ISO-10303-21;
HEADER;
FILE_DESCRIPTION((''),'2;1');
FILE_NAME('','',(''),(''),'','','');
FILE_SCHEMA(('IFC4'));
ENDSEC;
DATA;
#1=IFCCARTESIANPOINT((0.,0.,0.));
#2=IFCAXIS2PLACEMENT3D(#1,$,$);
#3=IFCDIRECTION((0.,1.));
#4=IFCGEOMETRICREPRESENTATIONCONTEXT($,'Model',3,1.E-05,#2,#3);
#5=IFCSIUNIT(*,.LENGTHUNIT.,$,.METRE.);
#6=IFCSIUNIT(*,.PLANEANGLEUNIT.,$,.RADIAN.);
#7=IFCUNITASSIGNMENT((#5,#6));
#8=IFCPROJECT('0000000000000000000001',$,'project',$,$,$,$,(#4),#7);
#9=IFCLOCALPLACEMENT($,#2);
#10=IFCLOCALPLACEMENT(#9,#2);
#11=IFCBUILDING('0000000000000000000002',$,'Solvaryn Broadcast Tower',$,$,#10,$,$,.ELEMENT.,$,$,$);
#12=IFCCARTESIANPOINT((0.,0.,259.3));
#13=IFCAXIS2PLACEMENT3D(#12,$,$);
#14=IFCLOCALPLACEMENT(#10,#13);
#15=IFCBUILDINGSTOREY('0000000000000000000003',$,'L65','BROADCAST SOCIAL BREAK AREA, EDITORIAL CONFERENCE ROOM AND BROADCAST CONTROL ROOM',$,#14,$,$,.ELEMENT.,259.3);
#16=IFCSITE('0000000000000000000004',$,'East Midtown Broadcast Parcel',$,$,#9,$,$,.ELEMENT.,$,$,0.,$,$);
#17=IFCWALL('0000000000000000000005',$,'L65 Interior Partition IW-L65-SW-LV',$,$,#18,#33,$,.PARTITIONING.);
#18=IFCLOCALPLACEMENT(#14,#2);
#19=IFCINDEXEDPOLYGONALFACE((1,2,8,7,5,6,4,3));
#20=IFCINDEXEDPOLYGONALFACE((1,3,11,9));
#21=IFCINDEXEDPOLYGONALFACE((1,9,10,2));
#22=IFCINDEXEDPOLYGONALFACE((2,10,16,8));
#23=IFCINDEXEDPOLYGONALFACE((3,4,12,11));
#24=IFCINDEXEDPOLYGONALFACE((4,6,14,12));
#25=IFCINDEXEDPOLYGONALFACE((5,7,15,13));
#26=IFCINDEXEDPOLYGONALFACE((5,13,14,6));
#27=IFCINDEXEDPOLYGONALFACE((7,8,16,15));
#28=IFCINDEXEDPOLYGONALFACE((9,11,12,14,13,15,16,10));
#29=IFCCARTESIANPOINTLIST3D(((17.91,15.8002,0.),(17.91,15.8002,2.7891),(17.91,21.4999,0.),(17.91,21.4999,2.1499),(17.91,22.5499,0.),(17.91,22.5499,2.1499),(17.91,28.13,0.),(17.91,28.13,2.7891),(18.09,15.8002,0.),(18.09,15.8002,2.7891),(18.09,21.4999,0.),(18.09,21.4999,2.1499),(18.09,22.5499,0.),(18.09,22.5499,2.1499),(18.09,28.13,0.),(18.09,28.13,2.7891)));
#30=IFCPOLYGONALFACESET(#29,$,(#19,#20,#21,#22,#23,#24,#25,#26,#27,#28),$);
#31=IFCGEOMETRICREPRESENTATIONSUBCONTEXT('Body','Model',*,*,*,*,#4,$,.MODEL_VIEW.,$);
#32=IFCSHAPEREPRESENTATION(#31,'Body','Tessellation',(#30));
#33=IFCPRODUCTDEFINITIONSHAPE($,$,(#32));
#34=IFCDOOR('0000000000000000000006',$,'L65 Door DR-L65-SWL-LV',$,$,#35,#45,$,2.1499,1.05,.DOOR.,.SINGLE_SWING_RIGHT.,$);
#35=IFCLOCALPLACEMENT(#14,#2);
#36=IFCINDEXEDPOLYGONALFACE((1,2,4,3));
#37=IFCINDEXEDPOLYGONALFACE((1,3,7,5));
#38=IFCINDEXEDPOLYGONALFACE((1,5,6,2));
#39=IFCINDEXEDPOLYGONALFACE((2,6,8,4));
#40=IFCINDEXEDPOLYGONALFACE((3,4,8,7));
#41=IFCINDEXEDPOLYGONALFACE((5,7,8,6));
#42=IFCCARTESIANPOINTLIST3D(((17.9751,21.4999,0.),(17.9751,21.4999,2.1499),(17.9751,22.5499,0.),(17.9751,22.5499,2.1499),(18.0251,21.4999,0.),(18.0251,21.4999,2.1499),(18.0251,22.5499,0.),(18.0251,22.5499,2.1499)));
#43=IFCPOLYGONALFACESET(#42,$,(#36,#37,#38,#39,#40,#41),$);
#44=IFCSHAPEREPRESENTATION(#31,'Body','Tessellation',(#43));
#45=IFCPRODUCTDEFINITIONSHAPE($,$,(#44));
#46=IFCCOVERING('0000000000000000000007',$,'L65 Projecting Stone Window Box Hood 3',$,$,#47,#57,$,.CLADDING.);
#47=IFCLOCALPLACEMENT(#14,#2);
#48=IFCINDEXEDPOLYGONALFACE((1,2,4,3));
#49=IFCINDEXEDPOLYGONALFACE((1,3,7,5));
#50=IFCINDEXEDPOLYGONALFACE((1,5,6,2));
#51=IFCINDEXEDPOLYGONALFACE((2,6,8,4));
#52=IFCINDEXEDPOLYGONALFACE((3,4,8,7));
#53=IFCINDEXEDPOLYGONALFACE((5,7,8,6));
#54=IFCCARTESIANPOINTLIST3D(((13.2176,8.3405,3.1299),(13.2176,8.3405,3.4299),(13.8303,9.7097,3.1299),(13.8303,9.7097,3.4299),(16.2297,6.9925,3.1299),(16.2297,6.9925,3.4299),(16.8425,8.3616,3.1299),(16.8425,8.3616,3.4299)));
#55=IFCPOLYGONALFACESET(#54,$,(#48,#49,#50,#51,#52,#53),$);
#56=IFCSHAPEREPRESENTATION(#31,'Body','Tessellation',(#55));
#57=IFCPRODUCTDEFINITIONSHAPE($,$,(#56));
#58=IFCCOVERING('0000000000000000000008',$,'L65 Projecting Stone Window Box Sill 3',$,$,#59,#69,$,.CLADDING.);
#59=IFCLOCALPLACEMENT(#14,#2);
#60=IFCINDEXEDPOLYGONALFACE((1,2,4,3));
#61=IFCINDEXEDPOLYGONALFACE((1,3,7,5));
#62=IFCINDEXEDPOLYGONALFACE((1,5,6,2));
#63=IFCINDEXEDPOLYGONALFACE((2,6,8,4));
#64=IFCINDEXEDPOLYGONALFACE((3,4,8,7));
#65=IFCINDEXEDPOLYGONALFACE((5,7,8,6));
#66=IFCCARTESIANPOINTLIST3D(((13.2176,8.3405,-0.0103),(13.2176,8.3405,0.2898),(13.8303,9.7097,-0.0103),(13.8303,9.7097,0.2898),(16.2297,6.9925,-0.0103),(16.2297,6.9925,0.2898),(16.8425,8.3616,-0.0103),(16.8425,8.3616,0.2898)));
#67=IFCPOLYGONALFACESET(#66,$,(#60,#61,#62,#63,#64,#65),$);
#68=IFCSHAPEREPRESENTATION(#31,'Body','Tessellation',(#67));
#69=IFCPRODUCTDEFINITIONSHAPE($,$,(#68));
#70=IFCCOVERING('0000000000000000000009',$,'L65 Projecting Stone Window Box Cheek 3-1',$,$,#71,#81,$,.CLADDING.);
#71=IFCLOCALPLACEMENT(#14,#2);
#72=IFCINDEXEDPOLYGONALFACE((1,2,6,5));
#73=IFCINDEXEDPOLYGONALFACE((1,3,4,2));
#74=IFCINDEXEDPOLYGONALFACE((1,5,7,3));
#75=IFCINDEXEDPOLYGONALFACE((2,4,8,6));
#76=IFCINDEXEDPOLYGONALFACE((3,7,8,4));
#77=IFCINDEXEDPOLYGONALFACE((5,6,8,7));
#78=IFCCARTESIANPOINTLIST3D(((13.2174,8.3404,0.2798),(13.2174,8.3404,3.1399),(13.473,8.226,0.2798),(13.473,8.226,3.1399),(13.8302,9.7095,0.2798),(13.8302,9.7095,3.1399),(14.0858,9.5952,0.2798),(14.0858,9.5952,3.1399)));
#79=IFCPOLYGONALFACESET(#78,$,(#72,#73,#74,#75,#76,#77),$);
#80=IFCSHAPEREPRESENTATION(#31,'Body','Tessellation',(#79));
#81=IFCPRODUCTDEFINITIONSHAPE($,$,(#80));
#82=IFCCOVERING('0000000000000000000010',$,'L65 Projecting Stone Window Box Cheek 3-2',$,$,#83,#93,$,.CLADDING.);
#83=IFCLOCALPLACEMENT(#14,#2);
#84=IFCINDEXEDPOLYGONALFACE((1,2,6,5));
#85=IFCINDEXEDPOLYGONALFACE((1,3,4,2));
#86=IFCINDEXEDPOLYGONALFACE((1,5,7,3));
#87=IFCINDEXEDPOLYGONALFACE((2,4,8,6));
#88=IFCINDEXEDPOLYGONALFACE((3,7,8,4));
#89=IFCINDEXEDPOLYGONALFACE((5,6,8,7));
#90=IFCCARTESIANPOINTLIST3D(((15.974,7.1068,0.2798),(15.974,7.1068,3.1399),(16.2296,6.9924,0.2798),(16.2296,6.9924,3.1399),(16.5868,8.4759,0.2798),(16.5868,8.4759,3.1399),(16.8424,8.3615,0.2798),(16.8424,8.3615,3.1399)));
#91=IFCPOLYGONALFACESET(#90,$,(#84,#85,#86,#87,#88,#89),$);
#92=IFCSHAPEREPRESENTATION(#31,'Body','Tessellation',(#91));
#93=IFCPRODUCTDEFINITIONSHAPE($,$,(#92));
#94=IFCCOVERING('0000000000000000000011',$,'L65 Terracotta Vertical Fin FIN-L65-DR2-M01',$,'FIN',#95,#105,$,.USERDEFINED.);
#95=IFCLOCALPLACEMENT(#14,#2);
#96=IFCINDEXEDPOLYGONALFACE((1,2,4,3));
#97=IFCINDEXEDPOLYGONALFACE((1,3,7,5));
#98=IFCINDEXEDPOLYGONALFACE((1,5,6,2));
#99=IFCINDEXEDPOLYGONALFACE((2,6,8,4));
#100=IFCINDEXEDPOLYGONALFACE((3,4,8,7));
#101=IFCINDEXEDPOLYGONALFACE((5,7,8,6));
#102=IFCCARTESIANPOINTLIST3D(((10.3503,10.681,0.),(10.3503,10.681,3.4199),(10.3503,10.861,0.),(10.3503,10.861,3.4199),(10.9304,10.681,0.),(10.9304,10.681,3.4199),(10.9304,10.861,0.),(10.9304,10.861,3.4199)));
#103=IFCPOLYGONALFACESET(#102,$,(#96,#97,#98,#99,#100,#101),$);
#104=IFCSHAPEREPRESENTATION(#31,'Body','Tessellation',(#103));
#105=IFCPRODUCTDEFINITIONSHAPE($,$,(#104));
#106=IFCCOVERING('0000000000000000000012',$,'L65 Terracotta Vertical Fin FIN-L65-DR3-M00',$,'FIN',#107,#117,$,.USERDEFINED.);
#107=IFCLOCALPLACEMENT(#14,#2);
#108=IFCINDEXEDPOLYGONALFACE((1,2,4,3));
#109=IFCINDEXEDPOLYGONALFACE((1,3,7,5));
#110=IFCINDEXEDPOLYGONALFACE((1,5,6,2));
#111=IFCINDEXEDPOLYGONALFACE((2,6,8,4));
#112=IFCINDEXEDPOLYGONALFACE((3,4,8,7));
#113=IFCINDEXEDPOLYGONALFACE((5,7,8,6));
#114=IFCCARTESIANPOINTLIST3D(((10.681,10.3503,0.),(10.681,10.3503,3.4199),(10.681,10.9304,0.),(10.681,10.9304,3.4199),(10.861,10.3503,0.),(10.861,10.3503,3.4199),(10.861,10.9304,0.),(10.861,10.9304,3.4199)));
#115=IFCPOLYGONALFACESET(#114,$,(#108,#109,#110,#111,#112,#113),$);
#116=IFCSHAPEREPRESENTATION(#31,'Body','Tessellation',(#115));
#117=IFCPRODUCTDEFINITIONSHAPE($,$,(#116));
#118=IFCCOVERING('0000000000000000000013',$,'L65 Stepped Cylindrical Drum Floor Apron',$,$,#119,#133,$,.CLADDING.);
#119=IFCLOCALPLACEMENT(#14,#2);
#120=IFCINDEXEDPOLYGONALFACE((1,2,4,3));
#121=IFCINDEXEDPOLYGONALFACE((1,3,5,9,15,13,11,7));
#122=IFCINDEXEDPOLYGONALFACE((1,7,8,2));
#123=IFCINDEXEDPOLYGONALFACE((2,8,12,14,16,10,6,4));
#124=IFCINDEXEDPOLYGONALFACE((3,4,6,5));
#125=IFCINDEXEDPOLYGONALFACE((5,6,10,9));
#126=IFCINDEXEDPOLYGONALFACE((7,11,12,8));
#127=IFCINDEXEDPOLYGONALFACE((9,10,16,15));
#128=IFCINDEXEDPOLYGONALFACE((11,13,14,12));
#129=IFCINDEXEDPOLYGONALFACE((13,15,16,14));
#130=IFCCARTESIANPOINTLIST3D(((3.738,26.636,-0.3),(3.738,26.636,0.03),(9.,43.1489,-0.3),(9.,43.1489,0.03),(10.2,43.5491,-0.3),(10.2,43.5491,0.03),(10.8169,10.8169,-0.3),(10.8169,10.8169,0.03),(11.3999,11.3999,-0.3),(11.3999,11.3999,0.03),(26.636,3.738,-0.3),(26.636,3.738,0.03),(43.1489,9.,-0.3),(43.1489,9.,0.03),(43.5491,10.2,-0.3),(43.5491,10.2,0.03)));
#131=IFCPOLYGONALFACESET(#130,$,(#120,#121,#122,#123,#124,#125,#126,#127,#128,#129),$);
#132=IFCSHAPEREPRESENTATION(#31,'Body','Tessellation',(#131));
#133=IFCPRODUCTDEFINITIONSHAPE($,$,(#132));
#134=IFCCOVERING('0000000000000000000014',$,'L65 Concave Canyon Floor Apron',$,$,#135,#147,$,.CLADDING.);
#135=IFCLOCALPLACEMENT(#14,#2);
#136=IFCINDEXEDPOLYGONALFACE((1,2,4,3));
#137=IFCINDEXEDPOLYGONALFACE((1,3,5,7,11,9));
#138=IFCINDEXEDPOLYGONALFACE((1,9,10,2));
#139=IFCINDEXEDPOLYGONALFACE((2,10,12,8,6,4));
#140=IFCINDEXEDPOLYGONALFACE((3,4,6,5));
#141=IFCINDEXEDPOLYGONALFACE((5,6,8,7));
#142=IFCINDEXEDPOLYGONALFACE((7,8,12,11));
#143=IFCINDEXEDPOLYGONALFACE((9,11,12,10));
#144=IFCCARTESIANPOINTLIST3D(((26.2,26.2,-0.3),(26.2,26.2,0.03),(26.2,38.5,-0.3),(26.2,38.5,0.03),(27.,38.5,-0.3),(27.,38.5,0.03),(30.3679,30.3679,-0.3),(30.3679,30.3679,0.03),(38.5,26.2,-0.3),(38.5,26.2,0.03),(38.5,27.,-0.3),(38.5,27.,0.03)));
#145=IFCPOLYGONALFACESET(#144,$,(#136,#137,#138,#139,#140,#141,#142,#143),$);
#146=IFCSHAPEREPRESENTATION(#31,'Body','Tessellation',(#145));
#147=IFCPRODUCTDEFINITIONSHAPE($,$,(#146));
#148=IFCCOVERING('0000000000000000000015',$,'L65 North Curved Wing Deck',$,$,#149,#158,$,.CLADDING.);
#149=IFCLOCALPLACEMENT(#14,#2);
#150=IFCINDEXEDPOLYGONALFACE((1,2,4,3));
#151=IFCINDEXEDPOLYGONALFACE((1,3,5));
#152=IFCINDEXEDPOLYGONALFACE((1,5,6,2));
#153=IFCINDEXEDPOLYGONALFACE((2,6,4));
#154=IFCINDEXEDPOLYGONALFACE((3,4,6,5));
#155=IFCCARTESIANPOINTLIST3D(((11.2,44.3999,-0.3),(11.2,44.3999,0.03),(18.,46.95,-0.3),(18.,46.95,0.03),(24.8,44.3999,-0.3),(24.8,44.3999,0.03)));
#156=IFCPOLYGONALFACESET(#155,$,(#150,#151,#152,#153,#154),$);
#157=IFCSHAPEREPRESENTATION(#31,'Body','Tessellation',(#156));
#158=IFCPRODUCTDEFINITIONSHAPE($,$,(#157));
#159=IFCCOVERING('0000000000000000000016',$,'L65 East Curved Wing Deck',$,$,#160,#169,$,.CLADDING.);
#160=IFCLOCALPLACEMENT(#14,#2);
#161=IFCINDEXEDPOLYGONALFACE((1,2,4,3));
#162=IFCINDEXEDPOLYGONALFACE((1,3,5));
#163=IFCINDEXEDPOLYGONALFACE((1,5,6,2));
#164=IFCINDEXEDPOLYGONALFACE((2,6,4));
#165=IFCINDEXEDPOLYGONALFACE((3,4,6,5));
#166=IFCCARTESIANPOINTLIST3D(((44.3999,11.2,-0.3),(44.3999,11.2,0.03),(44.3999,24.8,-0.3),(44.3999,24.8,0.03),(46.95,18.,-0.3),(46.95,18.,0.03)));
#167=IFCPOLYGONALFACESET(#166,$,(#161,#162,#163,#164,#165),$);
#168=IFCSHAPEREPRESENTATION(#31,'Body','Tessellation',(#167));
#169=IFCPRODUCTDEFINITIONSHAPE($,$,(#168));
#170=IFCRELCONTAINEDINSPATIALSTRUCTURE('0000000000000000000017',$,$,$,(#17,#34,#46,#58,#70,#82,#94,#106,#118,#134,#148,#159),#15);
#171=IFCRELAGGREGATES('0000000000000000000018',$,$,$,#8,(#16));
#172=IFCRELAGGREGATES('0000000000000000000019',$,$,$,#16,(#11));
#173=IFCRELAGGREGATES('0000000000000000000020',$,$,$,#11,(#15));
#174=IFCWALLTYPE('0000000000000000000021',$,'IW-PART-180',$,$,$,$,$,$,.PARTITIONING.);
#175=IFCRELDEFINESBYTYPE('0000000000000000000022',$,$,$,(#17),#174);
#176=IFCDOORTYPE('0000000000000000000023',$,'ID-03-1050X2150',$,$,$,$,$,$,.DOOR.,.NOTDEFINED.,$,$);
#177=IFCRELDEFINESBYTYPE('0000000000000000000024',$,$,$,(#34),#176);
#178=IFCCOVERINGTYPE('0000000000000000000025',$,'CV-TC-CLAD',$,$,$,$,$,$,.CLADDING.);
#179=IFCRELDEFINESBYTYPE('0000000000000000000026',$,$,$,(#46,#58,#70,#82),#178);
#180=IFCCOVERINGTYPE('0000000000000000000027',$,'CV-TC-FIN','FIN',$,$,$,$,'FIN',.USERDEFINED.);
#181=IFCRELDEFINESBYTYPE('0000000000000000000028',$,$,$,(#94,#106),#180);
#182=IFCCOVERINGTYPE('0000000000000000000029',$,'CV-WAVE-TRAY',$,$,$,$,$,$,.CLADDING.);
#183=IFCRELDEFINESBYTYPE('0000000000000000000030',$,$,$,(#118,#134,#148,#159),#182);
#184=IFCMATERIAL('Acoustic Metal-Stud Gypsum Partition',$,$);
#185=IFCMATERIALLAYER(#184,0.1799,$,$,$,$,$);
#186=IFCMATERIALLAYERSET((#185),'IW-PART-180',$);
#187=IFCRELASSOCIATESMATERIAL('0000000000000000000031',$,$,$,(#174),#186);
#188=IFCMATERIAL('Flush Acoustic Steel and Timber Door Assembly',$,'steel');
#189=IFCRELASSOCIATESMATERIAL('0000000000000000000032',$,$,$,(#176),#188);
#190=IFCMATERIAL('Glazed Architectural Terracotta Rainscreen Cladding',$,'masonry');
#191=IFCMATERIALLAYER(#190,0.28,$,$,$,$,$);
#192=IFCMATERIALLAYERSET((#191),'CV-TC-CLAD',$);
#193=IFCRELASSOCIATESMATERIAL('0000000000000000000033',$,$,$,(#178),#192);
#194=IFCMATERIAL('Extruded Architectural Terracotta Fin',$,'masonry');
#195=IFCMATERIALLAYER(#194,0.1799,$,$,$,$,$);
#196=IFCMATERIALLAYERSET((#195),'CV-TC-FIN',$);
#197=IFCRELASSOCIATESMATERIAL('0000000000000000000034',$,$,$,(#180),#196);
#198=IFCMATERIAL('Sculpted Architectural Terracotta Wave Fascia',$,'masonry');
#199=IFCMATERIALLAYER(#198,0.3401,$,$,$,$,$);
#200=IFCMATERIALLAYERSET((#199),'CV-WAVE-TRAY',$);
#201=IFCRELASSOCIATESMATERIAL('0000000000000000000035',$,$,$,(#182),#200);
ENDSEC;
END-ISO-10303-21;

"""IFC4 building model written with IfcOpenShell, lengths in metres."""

from ifc_helpers import new_model, si_unit, direction, frame, frame_2d, origin, origin_2d, place, context, subcontext, project, spatial, polyline, rectangle, outline, extrude, material, layer, layer_set, type_object, element, fill, save


model = new_model("IFC4")

# Units and contexts
model_context = context("Model", 3, precision=1e-05, world=origin(), true_north=direction((0.0, 1.0)))
body_context = subcontext(model_context, "Body", "Model", "MODEL_VIEW")
ifc_project = project(units=[si_unit("LENGTHUNIT", "METRE"), si_unit("PLANEANGLEUNIT", "RADIAN")], contexts=[model_context])

# Site, building, storey
site_placement = place(None, origin())
site = spatial("IfcSite", under=ifc_project, at=site_placement, Name="East Midtown Broadcast Parcel", CompositionType="ELEMENT", RefElevation=0.0)
building_placement = place(site_placement, origin())
building = spatial("IfcBuilding", under=site, at=building_placement, Name="Solvaryn Broadcast Tower", CompositionType="ELEMENT")
storey_placement = place(building_placement, frame((0.0, 0.0, 259.3)))
storey = spatial("IfcBuildingStorey", under=building, at=storey_placement, Name="L65", Description="BROADCAST SOCIAL BREAK AREA, EDITORIAL CONFERENCE ROOM AND BROADCAST CONTROL ROOM", CompositionType="ELEMENT", Elevation=259.3)

# Wall, opening, door
ifc_material_1 = material(Name="Acoustic Metal-Stud Gypsum Partition")
ifc_layer_1 = layer(ifc_material_1, 0.1799)
ifc_layer_set_1 = layer_set([ifc_layer_1], Name="IW-PART-180")
wall_type_1 = type_object("IfcWallType", Name="IW-PART-180", PredefinedType="PARTITIONING", material=ifc_layer_set_1)
wall_1_placement = place(storey_placement, frame((18.0, 15.8, 0.0), z_axis=(0.0, 0.0, 1.0), x_axis=(0.0, 1.0, 0.0)))
wall_1 = element("IfcWall", 1, at=wall_1_placement, inside=storey, type_object=wall_type_1, Name="L65 Interior Partition IW-L65-SW-LV", PredefinedType="PARTITIONING", context=body_context, shape_type="SweptSolid", body=[
    extrude(rectangle(XDim=12.3298, YDim=0.1799, at=frame_2d((6.165, 0.0))), origin(), (0.0, 0.0, 1.0), 2.7891),
])
opening_1_placement = place(wall_1_placement, frame((5.7, 0.0, 0.0)))
opening_1 = element("IfcOpeningElement", 2, at=opening_1_placement, cuts=wall_1, PredefinedType="OPENING", context=body_context, shape_type="SweptSolid", body=[
    extrude(rectangle(XDim=1.05, YDim=2.1499, at=frame_2d((0.5249, 1.075))), frame((0.0, 0.0999, 0.0), z_axis=(0.0, -1.0, 0.0), x_axis=(1.0, 0.0, 0.0)), (0.0, 0.0, 1.0), 0.2),
])
ifc_material_2 = material(Name="Flush Acoustic Steel and Timber Door Assembly", Category="steel")
door_type_1 = type_object("IfcDoorType", Name="ID-03-1050X2150", OperationType="NOTDEFINED", PredefinedType="DOOR", material=ifc_material_2)
door_1_placement = place(opening_1_placement, origin())
door_1 = element("IfcDoor", 3, at=door_1_placement, inside=storey, type_object=door_type_1, Name="L65 Door DR-L65-SWL-LV", OperationType="SINGLE_SWING_RIGHT", OverallHeight=2.1499, OverallWidth=1.05, PredefinedType="DOOR", context=body_context, shape_type="SweptSolid", body=[
    extrude(rectangle(XDim=1.05, YDim=2.1499, at=frame_2d((0.5249, 1.075))), frame((0.0, 0.0249, 0.0), z_axis=(0.0, -1.0, 0.0), x_axis=(1.0, 0.0, 0.0)), (0.0, 0.0, 1.0), 0.05),
])
fill(opening_1, door_1)

# Coverings
ifc_material_3 = material(Name="Glazed Architectural Terracotta Rainscreen Cladding", Category="masonry")
ifc_layer_2 = layer(ifc_material_3, 0.28)
ifc_layer_set_2 = layer_set([ifc_layer_2], Name="CV-TC-CLAD")
covering_type_1 = type_object("IfcCoveringType", Name="CV-TC-CLAD", PredefinedType="CLADDING", material=ifc_layer_set_2)
for number, where, z_axis, x_axis, name in (
    (4, (15.03, 8.3511, 3.1299), (0.0, 0.0, 1.0), (0.912763, -0.40849, 0.0), "L65 Projecting Stone Window Box Hood 3"),
    (5, (15.03, 8.3511, -0.0103), (0.0, 0.0, 1.0), (0.912763, -0.40849, 0.0), "L65 Projecting Stone Window Box Sill 3"),
):
    element("IfcCovering", number, at=place(storey_placement, frame(where, z_axis=z_axis, x_axis=x_axis)), inside=storey, type_object=covering_type_1, Name=name, PredefinedType="CLADDING", context=body_context, shape_type="SweptSolid", body=[
        extrude(rectangle(XDim=3.3, YDim=1.5, at=origin_2d()), origin(), (0.0, 0.0, 1.0), 0.3),
    ])
for number, where, z_axis, x_axis, name in (
    (6, (13.6516, 8.9678, 0.2798), (0.0, 0.0, 1.0), (0.912763, -0.40849, 0.0), "L65 Projecting Stone Window Box Cheek 3-1"),
    (7, (16.4082, 7.7341, 0.2798), (0.0, 0.0, 1.0), (0.912763, -0.40849, 0.0), "L65 Projecting Stone Window Box Cheek 3-2"),
):
    element("IfcCovering", number, at=place(storey_placement, frame(where, z_axis=z_axis, x_axis=x_axis)), inside=storey, type_object=covering_type_1, Name=name, PredefinedType="CLADDING", context=body_context, shape_type="SweptSolid", body=[
        extrude(rectangle(XDim=0.28, YDim=1.5, at=origin_2d()), origin(), (0.0, 0.0, 1.0), 2.8601),
    ])
ifc_material_4 = material(Name="Extruded Architectural Terracotta Fin", Category="masonry")
ifc_layer_3 = layer(ifc_material_4, 0.1799)
ifc_layer_set_3 = layer_set([ifc_layer_3], Name="CV-TC-FIN")
covering_type_2 = type_object("IfcCoveringType", Name="CV-TC-FIN", Description="FIN", ElementType="FIN", PredefinedType="USERDEFINED", material=ifc_layer_set_3)
covering_1_placement = place(storey_placement, frame((10.6404, 10.771, 0.0), z_axis=(0.0, 0.0, 1.0), x_axis=(1.0, 0.0, 0.0)))
element("IfcCovering", 8, at=covering_1_placement, inside=storey, type_object=covering_type_2, Name="L65 Terracotta Vertical Fin FIN-L65-DR2-M01", ObjectType="FIN", PredefinedType="USERDEFINED", context=body_context, shape_type="SweptSolid", body=[
    extrude(rectangle(XDim=0.5801, YDim=0.1799, at=origin_2d()), origin(), (0.0, 0.0, 1.0), 3.4199),
])
covering_2_placement = place(storey_placement, frame((10.771, 10.6404, 0.0), z_axis=(0.0, 0.0, 1.0), x_axis=(1.0, 0.0, 0.0)))
element("IfcCovering", 9, at=covering_2_placement, inside=storey, type_object=covering_type_2, Name="L65 Terracotta Vertical Fin FIN-L65-DR3-M00", ObjectType="FIN", PredefinedType="USERDEFINED", context=body_context, shape_type="SweptSolid", body=[
    extrude(rectangle(XDim=0.1799, YDim=0.5801, at=origin_2d()), origin(), (0.0, 0.0, 1.0), 3.4199),
])
ifc_material_5 = material(Name="Sculpted Architectural Terracotta Wave Fascia", Category="masonry")
ifc_layer_4 = layer(ifc_material_5, 0.3401)
ifc_layer_set_4 = layer_set([ifc_layer_4], Name="CV-WAVE-TRAY")
covering_type_3 = type_object("IfcCoveringType", Name="CV-WAVE-TRAY", PredefinedType="CLADDING", material=ifc_layer_set_4)
covering_3_placement = place(storey_placement, frame((0.0, 0.0, -0.3)))
element("IfcCovering", 10, at=covering_3_placement, inside=storey, type_object=covering_type_3, Name="L65 Stepped Cylindrical Drum Floor Apron", PredefinedType="CLADDING", context=body_context, shape_type="SweptSolid", body=[
    extrude(outline(polyline([(10.2, 43.5491), (9.0, 43.1489), (3.738, 26.636), (10.8169, 10.8169), (26.636, 3.738), (43.1489, 9.0), (43.1489, 9.0), (43.5491, 10.2), (11.3999, 11.3999), (10.2, 43.5491)])), origin(), (0.0, 0.0, 1.0), 0.3301),
])
covering_4_placement = place(storey_placement, frame((0.0, 0.0, -0.3)))
element("IfcCovering", 11, at=covering_4_placement, inside=storey, type_object=covering_type_3, Name="L65 Concave Canyon Floor Apron", PredefinedType="CLADDING", context=body_context, shape_type="SweptSolid", body=[
    extrude(outline(polyline([(26.2, 26.2), (38.5, 26.2), (38.5, 27.0), (30.3679, 30.3679), (27.0, 38.5), (26.2, 38.5), (26.2, 26.2)])), origin(), (0.0, 0.0, 1.0), 0.3301),
])
covering_5_placement = place(storey_placement, frame((0.0, 0.0, -0.3)))
element("IfcCovering", 12, at=covering_5_placement, inside=storey, type_object=covering_type_3, Name="L65 North Curved Wing Deck", PredefinedType="CLADDING", context=body_context, shape_type="SweptSolid", body=[
    extrude(outline(polyline([(11.2, 44.3999), (24.8, 44.3999), (18.0, 46.95), (11.2, 44.3999)])), origin(), (0.0, 0.0, 1.0), 0.3301),
])
covering_6_placement = place(storey_placement, frame((0.0, 0.0, -0.3)))
element("IfcCovering", 13, at=covering_6_placement, inside=storey, type_object=covering_type_3, Name="L65 East Curved Wing Deck", PredefinedType="CLADDING", context=body_context, shape_type="SweptSolid", body=[
    extrude(outline(polyline([(44.3999, 11.2), (46.95, 18.0), (44.3999, 24.8), (44.3999, 11.2)])), origin(), (0.0, 0.0, 1.0), 0.3301),
])

save(model, "model.ifc")
